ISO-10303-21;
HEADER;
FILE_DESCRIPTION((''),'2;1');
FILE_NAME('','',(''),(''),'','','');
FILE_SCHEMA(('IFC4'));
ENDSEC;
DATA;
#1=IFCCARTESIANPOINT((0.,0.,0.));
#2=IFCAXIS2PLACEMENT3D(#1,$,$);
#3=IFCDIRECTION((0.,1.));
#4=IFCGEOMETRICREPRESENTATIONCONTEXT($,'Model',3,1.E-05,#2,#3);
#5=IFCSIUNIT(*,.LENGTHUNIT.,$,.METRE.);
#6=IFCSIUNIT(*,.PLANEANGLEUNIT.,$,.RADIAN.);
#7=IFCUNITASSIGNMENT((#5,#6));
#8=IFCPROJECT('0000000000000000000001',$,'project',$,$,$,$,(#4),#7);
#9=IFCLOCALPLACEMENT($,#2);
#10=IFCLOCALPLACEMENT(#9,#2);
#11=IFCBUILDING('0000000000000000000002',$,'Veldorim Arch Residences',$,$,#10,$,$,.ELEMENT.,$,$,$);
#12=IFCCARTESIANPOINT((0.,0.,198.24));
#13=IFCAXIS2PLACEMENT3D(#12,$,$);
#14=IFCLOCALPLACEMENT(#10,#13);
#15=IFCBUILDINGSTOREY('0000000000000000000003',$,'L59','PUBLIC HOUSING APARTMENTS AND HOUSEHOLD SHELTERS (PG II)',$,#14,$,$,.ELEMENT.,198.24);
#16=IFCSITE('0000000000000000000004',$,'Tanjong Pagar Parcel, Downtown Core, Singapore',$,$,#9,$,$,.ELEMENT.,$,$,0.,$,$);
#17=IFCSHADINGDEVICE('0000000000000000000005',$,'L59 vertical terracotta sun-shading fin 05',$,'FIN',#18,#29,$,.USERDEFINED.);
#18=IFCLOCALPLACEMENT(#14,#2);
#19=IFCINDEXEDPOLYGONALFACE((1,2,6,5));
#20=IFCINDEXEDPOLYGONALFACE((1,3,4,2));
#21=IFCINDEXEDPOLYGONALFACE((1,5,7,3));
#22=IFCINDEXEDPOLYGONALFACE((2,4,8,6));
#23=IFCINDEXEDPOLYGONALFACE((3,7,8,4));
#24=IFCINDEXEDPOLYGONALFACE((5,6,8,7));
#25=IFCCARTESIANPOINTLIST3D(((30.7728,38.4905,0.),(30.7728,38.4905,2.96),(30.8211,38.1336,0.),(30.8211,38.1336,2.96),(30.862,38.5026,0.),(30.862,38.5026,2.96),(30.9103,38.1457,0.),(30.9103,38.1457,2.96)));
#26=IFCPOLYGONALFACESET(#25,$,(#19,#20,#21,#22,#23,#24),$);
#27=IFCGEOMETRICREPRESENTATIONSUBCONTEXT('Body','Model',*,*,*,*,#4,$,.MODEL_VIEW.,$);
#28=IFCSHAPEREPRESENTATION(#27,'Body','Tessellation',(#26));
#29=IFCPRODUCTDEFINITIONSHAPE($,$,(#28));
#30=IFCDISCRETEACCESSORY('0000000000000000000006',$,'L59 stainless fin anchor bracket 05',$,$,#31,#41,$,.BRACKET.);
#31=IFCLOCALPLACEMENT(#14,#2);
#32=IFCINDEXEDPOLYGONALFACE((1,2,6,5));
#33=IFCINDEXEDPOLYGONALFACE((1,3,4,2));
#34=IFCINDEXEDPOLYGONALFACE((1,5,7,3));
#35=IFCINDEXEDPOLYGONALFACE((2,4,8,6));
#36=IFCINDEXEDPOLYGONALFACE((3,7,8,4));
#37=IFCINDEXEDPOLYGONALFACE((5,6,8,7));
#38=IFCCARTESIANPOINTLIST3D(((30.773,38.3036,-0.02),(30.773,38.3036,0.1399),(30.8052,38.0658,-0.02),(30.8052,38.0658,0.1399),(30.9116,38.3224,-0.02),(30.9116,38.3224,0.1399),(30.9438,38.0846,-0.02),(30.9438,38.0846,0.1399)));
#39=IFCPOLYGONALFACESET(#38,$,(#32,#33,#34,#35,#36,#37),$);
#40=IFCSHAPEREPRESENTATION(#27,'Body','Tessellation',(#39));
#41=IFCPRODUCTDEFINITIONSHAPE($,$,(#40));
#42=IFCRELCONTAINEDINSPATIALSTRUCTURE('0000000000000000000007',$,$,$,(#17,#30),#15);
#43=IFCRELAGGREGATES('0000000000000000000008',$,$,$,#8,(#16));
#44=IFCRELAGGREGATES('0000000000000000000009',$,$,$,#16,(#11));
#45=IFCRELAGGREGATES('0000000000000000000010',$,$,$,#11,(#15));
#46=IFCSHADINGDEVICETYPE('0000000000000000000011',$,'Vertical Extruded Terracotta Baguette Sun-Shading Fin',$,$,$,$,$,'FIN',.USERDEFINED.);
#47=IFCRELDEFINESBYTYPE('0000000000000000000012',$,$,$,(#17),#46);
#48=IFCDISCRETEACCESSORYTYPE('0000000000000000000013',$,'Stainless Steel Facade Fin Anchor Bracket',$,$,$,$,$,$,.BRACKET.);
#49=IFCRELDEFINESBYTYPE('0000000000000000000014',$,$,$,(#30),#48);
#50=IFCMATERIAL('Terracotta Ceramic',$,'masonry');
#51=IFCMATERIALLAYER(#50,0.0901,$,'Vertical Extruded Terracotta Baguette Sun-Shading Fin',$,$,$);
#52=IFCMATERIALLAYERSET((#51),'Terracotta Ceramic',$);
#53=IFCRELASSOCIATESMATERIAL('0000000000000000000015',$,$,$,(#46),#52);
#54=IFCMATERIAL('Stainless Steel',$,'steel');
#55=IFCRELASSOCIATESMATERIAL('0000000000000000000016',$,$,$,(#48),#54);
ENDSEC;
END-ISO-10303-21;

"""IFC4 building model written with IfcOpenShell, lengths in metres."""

from ifc_helpers import new_model, si_unit, direction, frame, origin, origin_2d, place, context, subcontext, project, spatial, rectangle, extrude, material, layer, layer_set, type_object, element, save


model = new_model("IFC4")

# Units and contexts
model_context = context("Model", 3, precision=1e-05, world=origin(), true_north=direction((0.0, 1.0)))
body_context = subcontext(model_context, "Body", "Model", "MODEL_VIEW")
ifc_project = project(units=[si_unit("LENGTHUNIT", "METRE"), si_unit("PLANEANGLEUNIT", "RADIAN")], contexts=[model_context])

# Site, building, storey
site_placement = place(None, origin())
site = spatial("IfcSite", under=ifc_project, at=site_placement, Name="Tanjong Pagar Parcel, Downtown Core, Singapore", CompositionType="ELEMENT", RefElevation=0.0)
building_placement = place(site_placement, origin())
building = spatial("IfcBuilding", under=site, at=building_placement, Name="Veldorim Arch Residences", CompositionType="ELEMENT")
storey_placement = place(building_placement, frame((0.0, 0.0, 198.24)))
storey = spatial("IfcBuildingStorey", under=building, at=storey_placement, Name="L59", Description="PUBLIC HOUSING APARTMENTS AND HOUSEHOLD SHELTERS (PG II)", CompositionType="ELEMENT", Elevation=198.24)

# Shading device
ifc_material_1 = material(Name="Terracotta Ceramic", Category="masonry")
ifc_layer_1 = layer(ifc_material_1, 0.0901, Name="Vertical Extruded Terracotta Baguette Sun-Shading Fin")
ifc_layer_set_1 = layer_set([ifc_layer_1], Name="Terracotta Ceramic")
shading_device_type = type_object("IfcShadingDeviceType", Name="Vertical Extruded Terracotta Baguette Sun-Shading Fin", ElementType="FIN", PredefinedType="USERDEFINED", material=ifc_layer_set_1)
shading_device_placement = place(storey_placement, frame((30.8416, 38.3181, 0.0), z_axis=(0.0, 0.0, 1.0), x_axis=(0.99096, 0.134159, 0.0)))
element("IfcShadingDevice", 1, at=shading_device_placement, inside=storey, type_object=shading_device_type, Name="L59 vertical terracotta sun-shading fin 05", ObjectType="FIN", PredefinedType="USERDEFINED", context=body_context, shape_type="SweptSolid", body=[
    extrude(rectangle(XDim=0.0901, YDim=0.3601, at=origin_2d()), origin(), (0.0, 0.0, 1.0), 2.96),
])

# Discrete accessory
ifc_material_2 = material(Name="Stainless Steel", Category="steel")
discrete_accessory_type = type_object("IfcDiscreteAccessoryType", Name="Stainless Steel Facade Fin Anchor Bracket", PredefinedType="BRACKET", material=ifc_material_2)
discrete_accessory_placement = place(storey_placement, frame((30.8584, 38.1941, -0.02), z_axis=(0.0, 0.0, 1.0), x_axis=(0.99096, 0.134159, 0.0)))
element("IfcDiscreteAccessory", 2, at=discrete_accessory_placement, inside=storey, type_object=discrete_accessory_type, Name="L59 stainless fin anchor bracket 05", PredefinedType="BRACKET", context=body_context, shape_type="SweptSolid", body=[
    extrude(rectangle(XDim=0.1399, YDim=0.24, at=origin_2d()), origin(), (0.0, 0.0, 1.0), 0.1599),
])

save(model, "model.ifc")
